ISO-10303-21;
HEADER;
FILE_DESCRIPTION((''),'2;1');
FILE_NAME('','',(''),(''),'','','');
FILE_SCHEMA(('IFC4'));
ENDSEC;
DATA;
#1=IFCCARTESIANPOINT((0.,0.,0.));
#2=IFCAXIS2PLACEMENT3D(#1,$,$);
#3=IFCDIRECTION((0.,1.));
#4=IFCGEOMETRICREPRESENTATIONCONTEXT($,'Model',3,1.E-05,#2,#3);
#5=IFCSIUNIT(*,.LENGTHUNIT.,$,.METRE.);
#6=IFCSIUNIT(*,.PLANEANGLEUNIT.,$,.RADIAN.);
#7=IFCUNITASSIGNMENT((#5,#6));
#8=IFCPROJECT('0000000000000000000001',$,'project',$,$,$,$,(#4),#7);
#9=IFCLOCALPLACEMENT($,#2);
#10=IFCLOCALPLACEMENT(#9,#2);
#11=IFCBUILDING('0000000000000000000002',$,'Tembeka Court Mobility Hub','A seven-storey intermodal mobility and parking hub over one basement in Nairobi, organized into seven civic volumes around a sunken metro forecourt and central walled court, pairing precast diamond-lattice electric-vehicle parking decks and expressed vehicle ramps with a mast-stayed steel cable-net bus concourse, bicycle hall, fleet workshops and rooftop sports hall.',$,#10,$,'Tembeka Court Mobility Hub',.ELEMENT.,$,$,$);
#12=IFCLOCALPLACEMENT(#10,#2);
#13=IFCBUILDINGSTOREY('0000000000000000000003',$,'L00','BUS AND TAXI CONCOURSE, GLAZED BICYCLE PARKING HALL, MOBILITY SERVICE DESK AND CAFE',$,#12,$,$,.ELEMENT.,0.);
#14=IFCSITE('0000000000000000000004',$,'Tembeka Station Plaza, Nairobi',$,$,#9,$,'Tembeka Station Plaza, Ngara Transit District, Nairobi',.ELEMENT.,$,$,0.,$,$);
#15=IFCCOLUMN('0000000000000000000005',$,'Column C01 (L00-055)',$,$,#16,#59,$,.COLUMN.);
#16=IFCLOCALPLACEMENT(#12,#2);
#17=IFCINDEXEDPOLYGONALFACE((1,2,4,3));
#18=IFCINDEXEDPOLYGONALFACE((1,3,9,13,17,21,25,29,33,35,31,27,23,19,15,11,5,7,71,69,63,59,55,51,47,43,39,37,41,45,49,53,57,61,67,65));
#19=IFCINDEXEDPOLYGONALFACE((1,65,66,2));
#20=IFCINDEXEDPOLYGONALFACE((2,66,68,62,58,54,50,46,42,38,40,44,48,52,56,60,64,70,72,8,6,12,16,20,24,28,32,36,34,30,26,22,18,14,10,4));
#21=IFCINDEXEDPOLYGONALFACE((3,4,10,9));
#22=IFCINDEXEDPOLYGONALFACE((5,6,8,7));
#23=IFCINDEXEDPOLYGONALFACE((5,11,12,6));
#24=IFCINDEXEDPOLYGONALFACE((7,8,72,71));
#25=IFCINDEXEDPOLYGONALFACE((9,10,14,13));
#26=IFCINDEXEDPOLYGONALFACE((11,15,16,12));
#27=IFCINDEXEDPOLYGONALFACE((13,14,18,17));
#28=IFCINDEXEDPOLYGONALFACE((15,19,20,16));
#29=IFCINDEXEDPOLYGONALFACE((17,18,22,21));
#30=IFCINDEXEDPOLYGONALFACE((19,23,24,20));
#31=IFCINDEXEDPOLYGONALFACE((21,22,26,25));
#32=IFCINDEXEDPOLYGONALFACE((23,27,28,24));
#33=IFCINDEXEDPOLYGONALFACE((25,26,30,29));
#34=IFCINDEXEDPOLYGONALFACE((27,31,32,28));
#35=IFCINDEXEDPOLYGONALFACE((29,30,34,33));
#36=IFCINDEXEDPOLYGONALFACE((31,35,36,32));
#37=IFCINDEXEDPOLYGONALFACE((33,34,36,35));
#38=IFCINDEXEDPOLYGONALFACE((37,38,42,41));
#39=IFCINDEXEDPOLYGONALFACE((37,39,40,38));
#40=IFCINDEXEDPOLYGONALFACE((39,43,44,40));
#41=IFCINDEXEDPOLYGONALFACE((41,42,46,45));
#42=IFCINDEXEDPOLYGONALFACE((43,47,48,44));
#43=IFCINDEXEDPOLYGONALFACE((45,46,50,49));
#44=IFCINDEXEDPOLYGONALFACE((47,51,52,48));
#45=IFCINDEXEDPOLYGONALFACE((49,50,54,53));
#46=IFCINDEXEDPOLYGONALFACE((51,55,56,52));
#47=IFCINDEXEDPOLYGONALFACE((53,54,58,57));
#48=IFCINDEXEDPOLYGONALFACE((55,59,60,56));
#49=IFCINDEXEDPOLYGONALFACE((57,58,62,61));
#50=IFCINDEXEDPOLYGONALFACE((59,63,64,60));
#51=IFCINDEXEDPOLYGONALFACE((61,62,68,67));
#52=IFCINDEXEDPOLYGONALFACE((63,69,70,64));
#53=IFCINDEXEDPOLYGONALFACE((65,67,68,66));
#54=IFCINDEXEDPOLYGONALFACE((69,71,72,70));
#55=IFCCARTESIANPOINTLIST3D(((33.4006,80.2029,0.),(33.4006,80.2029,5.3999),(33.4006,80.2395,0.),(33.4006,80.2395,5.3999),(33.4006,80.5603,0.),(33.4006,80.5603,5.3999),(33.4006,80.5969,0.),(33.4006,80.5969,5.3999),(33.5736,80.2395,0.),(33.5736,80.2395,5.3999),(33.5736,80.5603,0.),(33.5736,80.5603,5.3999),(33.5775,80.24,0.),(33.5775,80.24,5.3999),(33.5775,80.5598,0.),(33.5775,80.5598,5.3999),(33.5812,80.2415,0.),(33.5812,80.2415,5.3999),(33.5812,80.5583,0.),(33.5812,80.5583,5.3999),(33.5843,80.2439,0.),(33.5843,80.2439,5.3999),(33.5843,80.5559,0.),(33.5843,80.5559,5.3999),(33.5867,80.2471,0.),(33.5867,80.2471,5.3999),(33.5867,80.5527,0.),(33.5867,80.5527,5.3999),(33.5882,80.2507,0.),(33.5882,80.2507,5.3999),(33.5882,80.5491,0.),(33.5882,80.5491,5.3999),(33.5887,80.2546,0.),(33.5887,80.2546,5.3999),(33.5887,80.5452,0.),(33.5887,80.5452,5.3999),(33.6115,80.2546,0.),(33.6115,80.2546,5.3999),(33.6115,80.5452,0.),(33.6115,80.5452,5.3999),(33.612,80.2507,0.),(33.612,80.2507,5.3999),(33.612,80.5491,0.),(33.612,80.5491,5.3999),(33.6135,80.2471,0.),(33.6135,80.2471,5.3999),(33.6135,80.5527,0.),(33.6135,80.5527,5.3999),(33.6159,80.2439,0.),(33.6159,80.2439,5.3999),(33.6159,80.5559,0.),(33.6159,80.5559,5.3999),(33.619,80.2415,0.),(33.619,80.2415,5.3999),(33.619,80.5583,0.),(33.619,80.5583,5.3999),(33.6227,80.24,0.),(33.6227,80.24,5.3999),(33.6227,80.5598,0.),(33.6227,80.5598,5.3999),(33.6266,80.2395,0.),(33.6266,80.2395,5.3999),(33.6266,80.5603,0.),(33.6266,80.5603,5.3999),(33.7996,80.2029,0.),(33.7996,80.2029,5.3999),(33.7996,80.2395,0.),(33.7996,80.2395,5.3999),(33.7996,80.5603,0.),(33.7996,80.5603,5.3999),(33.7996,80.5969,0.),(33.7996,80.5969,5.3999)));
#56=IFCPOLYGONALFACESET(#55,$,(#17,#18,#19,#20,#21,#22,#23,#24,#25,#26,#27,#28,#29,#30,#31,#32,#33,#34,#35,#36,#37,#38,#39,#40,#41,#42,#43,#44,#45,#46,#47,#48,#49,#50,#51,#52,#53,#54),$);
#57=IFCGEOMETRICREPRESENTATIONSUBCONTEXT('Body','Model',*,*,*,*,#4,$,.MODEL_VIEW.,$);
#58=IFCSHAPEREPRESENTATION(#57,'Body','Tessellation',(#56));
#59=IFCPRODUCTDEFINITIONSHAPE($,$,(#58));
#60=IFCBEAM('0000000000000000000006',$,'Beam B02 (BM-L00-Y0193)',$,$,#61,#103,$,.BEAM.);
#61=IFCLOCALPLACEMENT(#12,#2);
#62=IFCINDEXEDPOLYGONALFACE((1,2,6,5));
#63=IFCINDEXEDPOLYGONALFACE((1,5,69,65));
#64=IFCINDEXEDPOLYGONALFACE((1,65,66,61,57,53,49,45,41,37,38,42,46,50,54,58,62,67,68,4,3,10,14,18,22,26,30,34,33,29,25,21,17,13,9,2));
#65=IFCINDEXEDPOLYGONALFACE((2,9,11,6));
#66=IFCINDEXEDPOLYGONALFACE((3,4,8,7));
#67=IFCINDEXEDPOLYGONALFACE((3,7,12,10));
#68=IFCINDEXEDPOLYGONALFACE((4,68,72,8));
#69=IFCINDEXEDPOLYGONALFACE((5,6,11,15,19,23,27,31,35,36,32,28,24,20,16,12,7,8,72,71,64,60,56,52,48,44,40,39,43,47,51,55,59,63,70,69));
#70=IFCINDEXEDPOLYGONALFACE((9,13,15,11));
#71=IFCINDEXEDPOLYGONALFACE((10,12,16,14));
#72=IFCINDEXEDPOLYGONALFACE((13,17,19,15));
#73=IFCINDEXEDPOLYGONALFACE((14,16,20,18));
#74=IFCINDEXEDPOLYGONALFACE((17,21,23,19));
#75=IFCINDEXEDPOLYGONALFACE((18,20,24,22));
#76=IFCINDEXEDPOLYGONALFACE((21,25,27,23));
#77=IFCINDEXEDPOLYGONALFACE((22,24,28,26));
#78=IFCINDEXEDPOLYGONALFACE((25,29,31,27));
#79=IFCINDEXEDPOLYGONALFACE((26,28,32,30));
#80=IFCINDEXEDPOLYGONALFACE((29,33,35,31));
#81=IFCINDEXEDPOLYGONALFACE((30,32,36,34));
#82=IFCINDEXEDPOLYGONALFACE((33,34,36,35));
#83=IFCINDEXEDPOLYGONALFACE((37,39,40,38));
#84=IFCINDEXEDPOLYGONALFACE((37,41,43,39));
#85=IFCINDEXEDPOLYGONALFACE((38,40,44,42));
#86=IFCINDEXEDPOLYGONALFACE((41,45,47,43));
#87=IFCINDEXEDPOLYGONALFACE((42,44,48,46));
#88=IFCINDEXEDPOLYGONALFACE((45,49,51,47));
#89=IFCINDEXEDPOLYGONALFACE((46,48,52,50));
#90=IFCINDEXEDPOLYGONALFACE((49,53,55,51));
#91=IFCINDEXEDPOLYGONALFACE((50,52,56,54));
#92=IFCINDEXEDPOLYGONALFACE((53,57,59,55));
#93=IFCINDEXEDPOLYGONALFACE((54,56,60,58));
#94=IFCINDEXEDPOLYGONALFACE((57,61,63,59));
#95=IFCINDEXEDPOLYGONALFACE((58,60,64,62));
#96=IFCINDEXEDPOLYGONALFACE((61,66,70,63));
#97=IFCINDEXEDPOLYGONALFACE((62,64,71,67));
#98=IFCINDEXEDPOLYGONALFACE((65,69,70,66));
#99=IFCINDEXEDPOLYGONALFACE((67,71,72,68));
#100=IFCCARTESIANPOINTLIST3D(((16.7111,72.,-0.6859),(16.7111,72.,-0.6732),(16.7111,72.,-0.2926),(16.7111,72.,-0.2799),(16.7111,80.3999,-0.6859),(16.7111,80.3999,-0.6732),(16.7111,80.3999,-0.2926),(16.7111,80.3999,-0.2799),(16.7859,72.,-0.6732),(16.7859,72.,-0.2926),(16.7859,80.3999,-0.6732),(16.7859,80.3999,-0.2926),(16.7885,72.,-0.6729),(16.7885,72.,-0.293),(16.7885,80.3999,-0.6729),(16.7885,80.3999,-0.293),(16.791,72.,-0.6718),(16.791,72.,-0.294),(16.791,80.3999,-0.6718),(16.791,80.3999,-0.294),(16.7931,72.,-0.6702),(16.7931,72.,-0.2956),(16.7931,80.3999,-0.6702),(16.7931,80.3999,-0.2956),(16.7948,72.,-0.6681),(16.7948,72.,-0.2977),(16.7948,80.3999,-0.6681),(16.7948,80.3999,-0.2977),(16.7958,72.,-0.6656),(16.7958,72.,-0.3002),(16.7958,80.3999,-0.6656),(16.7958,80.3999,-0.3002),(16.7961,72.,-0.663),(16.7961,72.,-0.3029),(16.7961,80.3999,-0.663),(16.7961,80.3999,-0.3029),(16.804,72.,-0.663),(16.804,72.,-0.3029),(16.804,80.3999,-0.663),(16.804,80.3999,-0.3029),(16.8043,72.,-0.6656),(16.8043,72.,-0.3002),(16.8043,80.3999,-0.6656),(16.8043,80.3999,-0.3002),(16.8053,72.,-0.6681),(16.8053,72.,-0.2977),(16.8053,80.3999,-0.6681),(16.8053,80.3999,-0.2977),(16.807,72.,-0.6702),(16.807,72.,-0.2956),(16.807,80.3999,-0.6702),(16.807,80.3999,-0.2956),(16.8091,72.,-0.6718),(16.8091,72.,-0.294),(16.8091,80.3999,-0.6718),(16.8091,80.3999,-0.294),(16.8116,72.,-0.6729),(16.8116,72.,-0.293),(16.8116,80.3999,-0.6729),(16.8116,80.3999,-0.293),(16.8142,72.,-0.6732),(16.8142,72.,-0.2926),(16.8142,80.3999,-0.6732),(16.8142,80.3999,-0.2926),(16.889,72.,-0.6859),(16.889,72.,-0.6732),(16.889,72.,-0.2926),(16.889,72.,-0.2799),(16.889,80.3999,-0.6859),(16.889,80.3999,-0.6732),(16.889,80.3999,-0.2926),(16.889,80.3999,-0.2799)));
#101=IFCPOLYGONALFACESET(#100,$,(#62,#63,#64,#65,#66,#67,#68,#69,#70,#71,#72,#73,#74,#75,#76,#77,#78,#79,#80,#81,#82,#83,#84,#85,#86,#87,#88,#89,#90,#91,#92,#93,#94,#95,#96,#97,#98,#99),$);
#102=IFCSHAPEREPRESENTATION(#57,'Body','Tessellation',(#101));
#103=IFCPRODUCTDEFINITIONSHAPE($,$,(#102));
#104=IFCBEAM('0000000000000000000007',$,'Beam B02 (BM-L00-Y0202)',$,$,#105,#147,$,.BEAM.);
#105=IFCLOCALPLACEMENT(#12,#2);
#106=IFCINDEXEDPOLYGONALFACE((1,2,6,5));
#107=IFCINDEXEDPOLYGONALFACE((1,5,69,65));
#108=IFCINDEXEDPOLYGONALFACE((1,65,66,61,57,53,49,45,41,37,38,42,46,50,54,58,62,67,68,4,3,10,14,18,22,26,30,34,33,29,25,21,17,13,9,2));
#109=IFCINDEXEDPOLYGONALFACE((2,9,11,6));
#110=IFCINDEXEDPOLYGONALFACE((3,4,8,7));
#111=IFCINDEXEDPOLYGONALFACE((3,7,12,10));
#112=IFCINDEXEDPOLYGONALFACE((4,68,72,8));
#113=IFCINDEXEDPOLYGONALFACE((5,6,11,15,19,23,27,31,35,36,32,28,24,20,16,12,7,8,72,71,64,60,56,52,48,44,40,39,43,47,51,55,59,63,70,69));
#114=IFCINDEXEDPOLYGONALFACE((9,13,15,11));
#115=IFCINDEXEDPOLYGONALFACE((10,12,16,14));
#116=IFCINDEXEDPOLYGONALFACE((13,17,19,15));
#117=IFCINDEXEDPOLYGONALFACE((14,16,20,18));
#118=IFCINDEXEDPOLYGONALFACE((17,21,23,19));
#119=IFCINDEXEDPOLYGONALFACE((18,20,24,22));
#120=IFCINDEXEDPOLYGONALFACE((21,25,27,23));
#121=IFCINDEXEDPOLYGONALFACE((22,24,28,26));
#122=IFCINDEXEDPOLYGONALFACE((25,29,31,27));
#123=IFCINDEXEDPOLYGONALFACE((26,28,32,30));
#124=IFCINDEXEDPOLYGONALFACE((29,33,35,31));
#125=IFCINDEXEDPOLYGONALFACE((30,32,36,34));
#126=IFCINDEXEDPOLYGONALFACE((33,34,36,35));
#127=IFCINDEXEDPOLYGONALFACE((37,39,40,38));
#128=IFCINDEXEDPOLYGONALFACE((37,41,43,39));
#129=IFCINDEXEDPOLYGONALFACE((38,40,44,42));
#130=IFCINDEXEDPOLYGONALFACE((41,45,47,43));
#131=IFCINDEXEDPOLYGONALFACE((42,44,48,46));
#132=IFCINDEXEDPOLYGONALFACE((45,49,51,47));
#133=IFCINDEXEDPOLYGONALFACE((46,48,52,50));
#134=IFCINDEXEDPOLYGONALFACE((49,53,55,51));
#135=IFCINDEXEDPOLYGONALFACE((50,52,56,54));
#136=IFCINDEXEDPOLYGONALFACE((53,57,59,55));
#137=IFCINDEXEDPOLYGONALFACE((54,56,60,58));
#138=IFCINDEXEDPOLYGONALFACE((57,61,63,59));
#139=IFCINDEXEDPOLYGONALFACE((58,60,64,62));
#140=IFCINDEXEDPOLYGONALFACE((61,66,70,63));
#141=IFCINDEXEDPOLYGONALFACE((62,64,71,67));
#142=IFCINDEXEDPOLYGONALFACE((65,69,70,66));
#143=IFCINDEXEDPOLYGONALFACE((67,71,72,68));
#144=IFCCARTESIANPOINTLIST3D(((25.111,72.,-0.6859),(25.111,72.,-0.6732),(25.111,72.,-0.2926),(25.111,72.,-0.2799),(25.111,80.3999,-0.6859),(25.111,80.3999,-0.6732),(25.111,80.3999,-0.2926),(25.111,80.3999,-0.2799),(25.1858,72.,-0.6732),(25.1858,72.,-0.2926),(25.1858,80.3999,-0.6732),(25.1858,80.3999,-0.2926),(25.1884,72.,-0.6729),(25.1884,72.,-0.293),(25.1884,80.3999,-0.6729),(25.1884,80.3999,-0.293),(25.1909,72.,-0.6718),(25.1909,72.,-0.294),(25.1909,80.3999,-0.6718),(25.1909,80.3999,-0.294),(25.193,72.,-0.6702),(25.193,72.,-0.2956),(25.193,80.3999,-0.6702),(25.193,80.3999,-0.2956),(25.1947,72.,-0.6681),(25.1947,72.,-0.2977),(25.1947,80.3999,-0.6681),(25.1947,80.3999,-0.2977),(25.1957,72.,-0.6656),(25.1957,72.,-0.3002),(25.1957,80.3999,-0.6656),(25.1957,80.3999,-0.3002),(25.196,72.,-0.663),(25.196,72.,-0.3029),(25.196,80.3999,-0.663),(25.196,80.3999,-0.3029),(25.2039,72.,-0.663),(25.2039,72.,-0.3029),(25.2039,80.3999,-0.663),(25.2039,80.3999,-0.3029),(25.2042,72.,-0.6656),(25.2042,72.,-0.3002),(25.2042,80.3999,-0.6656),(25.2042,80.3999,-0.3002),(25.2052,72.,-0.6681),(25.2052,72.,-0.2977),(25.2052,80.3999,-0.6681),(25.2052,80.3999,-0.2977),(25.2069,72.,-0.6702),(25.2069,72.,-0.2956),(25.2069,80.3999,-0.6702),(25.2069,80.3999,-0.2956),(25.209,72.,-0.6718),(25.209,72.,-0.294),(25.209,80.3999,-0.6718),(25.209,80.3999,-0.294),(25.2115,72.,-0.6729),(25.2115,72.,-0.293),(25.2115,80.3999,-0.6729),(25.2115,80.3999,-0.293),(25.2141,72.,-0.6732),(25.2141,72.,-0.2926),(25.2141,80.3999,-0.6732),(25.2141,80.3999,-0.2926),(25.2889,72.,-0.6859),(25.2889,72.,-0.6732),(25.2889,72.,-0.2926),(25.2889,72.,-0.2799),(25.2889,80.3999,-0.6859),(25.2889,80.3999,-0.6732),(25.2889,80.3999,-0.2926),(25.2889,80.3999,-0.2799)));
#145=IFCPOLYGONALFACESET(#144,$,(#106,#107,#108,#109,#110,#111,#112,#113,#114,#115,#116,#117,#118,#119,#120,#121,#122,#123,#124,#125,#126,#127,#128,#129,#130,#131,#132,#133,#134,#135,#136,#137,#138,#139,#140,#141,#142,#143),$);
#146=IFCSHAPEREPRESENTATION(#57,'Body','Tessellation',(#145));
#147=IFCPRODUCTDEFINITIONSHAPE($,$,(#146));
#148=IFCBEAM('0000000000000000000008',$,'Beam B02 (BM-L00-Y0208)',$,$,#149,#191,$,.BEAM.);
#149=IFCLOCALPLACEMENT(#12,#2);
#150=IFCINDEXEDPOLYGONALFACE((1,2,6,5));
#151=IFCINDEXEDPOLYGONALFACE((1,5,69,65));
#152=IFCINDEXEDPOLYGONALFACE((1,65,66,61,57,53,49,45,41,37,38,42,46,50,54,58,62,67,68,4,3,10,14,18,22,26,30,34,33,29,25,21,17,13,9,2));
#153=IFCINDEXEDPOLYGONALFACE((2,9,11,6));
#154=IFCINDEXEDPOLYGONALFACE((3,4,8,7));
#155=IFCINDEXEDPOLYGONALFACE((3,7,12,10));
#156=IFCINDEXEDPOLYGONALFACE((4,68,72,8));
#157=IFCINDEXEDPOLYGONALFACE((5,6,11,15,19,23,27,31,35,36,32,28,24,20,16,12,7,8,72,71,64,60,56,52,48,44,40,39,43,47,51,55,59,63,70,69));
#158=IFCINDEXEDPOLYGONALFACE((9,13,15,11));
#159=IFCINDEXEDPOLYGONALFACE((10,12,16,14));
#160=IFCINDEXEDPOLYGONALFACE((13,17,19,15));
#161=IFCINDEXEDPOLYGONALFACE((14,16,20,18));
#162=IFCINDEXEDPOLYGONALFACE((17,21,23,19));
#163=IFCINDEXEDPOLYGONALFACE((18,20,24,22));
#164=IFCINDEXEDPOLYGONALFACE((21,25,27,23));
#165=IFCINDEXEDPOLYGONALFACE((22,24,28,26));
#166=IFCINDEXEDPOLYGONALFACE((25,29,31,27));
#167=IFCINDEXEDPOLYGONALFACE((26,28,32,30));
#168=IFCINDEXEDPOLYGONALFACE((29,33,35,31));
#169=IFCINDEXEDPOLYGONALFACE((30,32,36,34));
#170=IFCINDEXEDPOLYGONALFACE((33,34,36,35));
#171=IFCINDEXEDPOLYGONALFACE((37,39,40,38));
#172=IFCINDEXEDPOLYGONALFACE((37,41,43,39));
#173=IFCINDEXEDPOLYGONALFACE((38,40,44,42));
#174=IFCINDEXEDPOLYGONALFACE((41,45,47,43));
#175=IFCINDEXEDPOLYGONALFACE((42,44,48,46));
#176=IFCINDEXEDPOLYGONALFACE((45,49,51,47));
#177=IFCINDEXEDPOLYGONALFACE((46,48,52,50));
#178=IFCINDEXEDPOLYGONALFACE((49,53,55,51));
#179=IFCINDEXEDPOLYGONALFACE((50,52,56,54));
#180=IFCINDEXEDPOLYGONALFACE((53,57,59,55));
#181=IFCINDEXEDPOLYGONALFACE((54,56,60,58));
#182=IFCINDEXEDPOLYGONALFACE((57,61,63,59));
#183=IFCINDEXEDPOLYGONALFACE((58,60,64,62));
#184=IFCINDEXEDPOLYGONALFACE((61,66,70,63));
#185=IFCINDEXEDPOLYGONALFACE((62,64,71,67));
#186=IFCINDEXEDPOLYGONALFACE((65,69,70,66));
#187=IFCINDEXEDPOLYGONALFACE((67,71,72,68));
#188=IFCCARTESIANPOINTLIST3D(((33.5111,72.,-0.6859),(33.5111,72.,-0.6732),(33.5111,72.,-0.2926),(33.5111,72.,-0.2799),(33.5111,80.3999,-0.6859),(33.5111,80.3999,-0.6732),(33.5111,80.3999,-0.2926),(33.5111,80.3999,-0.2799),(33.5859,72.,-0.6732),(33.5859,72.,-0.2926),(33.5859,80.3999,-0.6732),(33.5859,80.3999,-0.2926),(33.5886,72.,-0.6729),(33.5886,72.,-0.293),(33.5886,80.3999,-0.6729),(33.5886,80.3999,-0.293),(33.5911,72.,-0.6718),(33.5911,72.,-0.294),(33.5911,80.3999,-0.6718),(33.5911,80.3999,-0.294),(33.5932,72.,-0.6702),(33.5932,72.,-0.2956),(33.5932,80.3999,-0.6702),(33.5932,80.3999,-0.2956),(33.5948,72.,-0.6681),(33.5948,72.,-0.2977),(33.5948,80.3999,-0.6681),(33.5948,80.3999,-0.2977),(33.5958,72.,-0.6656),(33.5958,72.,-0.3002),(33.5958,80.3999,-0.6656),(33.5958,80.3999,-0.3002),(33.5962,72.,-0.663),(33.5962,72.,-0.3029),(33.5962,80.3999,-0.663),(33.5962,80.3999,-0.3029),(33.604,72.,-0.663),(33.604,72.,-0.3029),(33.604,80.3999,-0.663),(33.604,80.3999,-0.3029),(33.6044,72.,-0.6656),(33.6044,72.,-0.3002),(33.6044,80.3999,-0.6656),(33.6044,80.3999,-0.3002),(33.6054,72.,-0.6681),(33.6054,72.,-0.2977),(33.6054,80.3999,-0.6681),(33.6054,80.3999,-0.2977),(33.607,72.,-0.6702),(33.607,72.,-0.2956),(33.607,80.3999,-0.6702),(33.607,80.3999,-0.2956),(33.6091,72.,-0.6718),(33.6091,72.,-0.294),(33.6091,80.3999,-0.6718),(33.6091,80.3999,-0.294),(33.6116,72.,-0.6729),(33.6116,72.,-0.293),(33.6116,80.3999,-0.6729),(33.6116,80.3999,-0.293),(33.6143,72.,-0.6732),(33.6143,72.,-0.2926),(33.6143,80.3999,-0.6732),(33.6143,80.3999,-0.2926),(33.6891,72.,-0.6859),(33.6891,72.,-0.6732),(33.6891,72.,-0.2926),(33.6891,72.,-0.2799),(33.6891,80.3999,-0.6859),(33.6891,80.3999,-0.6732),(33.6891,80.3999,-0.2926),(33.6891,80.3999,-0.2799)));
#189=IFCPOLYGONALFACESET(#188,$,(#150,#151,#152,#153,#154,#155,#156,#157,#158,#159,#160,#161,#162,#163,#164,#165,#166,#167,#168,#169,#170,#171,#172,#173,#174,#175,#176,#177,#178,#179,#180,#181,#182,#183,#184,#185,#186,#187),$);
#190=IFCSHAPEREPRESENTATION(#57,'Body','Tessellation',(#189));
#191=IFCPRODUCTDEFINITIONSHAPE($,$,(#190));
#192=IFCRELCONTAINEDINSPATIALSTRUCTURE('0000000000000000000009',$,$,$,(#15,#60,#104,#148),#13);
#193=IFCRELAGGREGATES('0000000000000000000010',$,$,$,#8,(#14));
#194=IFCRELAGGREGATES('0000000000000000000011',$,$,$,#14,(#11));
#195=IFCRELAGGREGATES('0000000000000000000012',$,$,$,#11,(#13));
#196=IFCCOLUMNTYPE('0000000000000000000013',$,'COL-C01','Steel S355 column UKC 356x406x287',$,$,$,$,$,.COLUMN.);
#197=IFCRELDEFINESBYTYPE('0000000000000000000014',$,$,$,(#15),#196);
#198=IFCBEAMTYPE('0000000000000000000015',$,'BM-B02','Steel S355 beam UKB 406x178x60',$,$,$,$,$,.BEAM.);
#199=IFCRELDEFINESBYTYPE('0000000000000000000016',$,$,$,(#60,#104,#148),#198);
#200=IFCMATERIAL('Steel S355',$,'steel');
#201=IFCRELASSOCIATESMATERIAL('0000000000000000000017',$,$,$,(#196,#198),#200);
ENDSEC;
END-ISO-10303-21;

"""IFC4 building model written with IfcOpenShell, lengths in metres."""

from ifc_helpers import new_model, si_unit, direction, frame, origin, origin_2d, place, context, subcontext, project, spatial, i_section, extrude, material, material_profile, profile_set, type_object, element, save


model = new_model("IFC4")

# Units and contexts
model_context = context("Model", 3, precision=1e-05, world=origin(), true_north=direction((0.0, 1.0)))
body_context = subcontext(model_context, "Body", "Model", "MODEL_VIEW")
ifc_project = project(units=[si_unit("LENGTHUNIT", "METRE"), si_unit("PLANEANGLEUNIT", "RADIAN")], contexts=[model_context])

# Site, building, storey
site_placement = place(None, origin())
site = spatial("IfcSite", under=ifc_project, at=site_placement, Name="Tembeka Station Plaza, Nairobi", LongName="Tembeka Station Plaza, Ngara Transit District, Nairobi", CompositionType="ELEMENT", RefElevation=0.0)
building_placement = place(site_placement, origin())
building = spatial("IfcBuilding", under=site, at=building_placement, Name="Tembeka Court Mobility Hub", Description="A seven-storey intermodal mobility and parking hub over one basement in Nairobi, organized into seven civic volumes around a sunken metro forecourt and central walled court, pairing precast diamond-lattice electric-vehicle parking decks and expressed vehicle ramps with a mast-stayed steel cable-net bus concourse, bicycle hall, fleet workshops and rooftop sports hall.", LongName="Tembeka Court Mobility Hub", CompositionType="ELEMENT")
storey_placement = place(building_placement, origin())
storey = spatial("IfcBuildingStorey", under=building, at=storey_placement, Name="L00", Description="BUS AND TAXI CONCOURSE, GLAZED BICYCLE PARKING HALL, MOBILITY SERVICE DESK AND CAFE", CompositionType="ELEMENT", Elevation=0.0)

# Column
ifc_material = material(Name="Steel S355", Category="steel")
ifc_material_profile_1 = material_profile(ifc_material, i_section(OverallWidth=0.3989, OverallDepth=0.394, WebThickness=0.0227, FlangeThickness=0.0366, FilletRadius=0.0151, at=origin_2d()), Name="UKC 356x406x287")
ifc_profile_set_1 = profile_set([ifc_material_profile_1], Name="Steel S355")
column_type = type_object("IfcColumnType", Name="COL-C01", Description="Steel S355 column UKC 356x406x287", PredefinedType="COLUMN", material=ifc_profile_set_1)
for number, where, z_axis, x_axis, name in (
    (1, (33.6001, 80.3999, 0.0), (0.0, 0.0, 1.0), (1.0, 0.0, 0.0), "Column C01 (L00-055)"),
):
    element("IfcColumn", number, at=place(storey_placement, frame(where, z_axis=z_axis, x_axis=x_axis)), inside=storey, type_object=column_type, Name=name, PredefinedType="COLUMN", context=body_context, shape_type="SweptSolid", body=[
        extrude(i_section(OverallWidth=0.3989, OverallDepth=0.394, WebThickness=0.0227, FlangeThickness=0.0366, FilletRadius=0.0151, at=origin_2d()), origin(), (0.0, 0.0, 1.0), 5.3999),
    ])

# Beams
ifc_material_profile_2 = material_profile(ifc_material, i_section(OverallWidth=0.178, OverallDepth=0.406, WebThickness=0.0078, FlangeThickness=0.0127, FilletRadius=0.0103, at=origin_2d()), Name="UKB 406x178x60")
ifc_profile_set_2 = profile_set([ifc_material_profile_2], Name="Steel S355")
beam_type_1 = type_object("IfcBeamType", Name="BM-B02", Description="Steel S355 beam UKB 406x178x60", PredefinedType="BEAM", material=ifc_profile_set_2)
for number, where, z_axis, x_axis, name in (
    (2, (16.8, 72.0, -0.4829), (0.0, 1.0, 0.0), (-1.0, 0.0, 0.0), "Beam B02 (BM-L00-Y0193)"),
    (3, (25.2, 72.0, -0.4829), (0.0, 1.0, 0.0), (-1.0, 0.0, 0.0), "Beam B02 (BM-L00-Y0202)"),
    (4, (33.6001, 72.0, -0.4829), (0.0, 1.0, 0.0), (-1.0, 0.0, 0.0), "Beam B02 (BM-L00-Y0208)"),
):
    element("IfcBeam", number, at=place(storey_placement, frame(where, z_axis=z_axis, x_axis=x_axis)), inside=storey, type_object=beam_type_1, Name=name, PredefinedType="BEAM", context=body_context, shape_type="SweptSolid", body=[
        extrude(i_section(OverallWidth=0.178, OverallDepth=0.406, WebThickness=0.0078, FlangeThickness=0.0127, FilletRadius=0.0103, at=origin_2d()), origin(), (0.0, 0.0, 1.0), 8.3999),
    ])

save(model, "model.ifc")
